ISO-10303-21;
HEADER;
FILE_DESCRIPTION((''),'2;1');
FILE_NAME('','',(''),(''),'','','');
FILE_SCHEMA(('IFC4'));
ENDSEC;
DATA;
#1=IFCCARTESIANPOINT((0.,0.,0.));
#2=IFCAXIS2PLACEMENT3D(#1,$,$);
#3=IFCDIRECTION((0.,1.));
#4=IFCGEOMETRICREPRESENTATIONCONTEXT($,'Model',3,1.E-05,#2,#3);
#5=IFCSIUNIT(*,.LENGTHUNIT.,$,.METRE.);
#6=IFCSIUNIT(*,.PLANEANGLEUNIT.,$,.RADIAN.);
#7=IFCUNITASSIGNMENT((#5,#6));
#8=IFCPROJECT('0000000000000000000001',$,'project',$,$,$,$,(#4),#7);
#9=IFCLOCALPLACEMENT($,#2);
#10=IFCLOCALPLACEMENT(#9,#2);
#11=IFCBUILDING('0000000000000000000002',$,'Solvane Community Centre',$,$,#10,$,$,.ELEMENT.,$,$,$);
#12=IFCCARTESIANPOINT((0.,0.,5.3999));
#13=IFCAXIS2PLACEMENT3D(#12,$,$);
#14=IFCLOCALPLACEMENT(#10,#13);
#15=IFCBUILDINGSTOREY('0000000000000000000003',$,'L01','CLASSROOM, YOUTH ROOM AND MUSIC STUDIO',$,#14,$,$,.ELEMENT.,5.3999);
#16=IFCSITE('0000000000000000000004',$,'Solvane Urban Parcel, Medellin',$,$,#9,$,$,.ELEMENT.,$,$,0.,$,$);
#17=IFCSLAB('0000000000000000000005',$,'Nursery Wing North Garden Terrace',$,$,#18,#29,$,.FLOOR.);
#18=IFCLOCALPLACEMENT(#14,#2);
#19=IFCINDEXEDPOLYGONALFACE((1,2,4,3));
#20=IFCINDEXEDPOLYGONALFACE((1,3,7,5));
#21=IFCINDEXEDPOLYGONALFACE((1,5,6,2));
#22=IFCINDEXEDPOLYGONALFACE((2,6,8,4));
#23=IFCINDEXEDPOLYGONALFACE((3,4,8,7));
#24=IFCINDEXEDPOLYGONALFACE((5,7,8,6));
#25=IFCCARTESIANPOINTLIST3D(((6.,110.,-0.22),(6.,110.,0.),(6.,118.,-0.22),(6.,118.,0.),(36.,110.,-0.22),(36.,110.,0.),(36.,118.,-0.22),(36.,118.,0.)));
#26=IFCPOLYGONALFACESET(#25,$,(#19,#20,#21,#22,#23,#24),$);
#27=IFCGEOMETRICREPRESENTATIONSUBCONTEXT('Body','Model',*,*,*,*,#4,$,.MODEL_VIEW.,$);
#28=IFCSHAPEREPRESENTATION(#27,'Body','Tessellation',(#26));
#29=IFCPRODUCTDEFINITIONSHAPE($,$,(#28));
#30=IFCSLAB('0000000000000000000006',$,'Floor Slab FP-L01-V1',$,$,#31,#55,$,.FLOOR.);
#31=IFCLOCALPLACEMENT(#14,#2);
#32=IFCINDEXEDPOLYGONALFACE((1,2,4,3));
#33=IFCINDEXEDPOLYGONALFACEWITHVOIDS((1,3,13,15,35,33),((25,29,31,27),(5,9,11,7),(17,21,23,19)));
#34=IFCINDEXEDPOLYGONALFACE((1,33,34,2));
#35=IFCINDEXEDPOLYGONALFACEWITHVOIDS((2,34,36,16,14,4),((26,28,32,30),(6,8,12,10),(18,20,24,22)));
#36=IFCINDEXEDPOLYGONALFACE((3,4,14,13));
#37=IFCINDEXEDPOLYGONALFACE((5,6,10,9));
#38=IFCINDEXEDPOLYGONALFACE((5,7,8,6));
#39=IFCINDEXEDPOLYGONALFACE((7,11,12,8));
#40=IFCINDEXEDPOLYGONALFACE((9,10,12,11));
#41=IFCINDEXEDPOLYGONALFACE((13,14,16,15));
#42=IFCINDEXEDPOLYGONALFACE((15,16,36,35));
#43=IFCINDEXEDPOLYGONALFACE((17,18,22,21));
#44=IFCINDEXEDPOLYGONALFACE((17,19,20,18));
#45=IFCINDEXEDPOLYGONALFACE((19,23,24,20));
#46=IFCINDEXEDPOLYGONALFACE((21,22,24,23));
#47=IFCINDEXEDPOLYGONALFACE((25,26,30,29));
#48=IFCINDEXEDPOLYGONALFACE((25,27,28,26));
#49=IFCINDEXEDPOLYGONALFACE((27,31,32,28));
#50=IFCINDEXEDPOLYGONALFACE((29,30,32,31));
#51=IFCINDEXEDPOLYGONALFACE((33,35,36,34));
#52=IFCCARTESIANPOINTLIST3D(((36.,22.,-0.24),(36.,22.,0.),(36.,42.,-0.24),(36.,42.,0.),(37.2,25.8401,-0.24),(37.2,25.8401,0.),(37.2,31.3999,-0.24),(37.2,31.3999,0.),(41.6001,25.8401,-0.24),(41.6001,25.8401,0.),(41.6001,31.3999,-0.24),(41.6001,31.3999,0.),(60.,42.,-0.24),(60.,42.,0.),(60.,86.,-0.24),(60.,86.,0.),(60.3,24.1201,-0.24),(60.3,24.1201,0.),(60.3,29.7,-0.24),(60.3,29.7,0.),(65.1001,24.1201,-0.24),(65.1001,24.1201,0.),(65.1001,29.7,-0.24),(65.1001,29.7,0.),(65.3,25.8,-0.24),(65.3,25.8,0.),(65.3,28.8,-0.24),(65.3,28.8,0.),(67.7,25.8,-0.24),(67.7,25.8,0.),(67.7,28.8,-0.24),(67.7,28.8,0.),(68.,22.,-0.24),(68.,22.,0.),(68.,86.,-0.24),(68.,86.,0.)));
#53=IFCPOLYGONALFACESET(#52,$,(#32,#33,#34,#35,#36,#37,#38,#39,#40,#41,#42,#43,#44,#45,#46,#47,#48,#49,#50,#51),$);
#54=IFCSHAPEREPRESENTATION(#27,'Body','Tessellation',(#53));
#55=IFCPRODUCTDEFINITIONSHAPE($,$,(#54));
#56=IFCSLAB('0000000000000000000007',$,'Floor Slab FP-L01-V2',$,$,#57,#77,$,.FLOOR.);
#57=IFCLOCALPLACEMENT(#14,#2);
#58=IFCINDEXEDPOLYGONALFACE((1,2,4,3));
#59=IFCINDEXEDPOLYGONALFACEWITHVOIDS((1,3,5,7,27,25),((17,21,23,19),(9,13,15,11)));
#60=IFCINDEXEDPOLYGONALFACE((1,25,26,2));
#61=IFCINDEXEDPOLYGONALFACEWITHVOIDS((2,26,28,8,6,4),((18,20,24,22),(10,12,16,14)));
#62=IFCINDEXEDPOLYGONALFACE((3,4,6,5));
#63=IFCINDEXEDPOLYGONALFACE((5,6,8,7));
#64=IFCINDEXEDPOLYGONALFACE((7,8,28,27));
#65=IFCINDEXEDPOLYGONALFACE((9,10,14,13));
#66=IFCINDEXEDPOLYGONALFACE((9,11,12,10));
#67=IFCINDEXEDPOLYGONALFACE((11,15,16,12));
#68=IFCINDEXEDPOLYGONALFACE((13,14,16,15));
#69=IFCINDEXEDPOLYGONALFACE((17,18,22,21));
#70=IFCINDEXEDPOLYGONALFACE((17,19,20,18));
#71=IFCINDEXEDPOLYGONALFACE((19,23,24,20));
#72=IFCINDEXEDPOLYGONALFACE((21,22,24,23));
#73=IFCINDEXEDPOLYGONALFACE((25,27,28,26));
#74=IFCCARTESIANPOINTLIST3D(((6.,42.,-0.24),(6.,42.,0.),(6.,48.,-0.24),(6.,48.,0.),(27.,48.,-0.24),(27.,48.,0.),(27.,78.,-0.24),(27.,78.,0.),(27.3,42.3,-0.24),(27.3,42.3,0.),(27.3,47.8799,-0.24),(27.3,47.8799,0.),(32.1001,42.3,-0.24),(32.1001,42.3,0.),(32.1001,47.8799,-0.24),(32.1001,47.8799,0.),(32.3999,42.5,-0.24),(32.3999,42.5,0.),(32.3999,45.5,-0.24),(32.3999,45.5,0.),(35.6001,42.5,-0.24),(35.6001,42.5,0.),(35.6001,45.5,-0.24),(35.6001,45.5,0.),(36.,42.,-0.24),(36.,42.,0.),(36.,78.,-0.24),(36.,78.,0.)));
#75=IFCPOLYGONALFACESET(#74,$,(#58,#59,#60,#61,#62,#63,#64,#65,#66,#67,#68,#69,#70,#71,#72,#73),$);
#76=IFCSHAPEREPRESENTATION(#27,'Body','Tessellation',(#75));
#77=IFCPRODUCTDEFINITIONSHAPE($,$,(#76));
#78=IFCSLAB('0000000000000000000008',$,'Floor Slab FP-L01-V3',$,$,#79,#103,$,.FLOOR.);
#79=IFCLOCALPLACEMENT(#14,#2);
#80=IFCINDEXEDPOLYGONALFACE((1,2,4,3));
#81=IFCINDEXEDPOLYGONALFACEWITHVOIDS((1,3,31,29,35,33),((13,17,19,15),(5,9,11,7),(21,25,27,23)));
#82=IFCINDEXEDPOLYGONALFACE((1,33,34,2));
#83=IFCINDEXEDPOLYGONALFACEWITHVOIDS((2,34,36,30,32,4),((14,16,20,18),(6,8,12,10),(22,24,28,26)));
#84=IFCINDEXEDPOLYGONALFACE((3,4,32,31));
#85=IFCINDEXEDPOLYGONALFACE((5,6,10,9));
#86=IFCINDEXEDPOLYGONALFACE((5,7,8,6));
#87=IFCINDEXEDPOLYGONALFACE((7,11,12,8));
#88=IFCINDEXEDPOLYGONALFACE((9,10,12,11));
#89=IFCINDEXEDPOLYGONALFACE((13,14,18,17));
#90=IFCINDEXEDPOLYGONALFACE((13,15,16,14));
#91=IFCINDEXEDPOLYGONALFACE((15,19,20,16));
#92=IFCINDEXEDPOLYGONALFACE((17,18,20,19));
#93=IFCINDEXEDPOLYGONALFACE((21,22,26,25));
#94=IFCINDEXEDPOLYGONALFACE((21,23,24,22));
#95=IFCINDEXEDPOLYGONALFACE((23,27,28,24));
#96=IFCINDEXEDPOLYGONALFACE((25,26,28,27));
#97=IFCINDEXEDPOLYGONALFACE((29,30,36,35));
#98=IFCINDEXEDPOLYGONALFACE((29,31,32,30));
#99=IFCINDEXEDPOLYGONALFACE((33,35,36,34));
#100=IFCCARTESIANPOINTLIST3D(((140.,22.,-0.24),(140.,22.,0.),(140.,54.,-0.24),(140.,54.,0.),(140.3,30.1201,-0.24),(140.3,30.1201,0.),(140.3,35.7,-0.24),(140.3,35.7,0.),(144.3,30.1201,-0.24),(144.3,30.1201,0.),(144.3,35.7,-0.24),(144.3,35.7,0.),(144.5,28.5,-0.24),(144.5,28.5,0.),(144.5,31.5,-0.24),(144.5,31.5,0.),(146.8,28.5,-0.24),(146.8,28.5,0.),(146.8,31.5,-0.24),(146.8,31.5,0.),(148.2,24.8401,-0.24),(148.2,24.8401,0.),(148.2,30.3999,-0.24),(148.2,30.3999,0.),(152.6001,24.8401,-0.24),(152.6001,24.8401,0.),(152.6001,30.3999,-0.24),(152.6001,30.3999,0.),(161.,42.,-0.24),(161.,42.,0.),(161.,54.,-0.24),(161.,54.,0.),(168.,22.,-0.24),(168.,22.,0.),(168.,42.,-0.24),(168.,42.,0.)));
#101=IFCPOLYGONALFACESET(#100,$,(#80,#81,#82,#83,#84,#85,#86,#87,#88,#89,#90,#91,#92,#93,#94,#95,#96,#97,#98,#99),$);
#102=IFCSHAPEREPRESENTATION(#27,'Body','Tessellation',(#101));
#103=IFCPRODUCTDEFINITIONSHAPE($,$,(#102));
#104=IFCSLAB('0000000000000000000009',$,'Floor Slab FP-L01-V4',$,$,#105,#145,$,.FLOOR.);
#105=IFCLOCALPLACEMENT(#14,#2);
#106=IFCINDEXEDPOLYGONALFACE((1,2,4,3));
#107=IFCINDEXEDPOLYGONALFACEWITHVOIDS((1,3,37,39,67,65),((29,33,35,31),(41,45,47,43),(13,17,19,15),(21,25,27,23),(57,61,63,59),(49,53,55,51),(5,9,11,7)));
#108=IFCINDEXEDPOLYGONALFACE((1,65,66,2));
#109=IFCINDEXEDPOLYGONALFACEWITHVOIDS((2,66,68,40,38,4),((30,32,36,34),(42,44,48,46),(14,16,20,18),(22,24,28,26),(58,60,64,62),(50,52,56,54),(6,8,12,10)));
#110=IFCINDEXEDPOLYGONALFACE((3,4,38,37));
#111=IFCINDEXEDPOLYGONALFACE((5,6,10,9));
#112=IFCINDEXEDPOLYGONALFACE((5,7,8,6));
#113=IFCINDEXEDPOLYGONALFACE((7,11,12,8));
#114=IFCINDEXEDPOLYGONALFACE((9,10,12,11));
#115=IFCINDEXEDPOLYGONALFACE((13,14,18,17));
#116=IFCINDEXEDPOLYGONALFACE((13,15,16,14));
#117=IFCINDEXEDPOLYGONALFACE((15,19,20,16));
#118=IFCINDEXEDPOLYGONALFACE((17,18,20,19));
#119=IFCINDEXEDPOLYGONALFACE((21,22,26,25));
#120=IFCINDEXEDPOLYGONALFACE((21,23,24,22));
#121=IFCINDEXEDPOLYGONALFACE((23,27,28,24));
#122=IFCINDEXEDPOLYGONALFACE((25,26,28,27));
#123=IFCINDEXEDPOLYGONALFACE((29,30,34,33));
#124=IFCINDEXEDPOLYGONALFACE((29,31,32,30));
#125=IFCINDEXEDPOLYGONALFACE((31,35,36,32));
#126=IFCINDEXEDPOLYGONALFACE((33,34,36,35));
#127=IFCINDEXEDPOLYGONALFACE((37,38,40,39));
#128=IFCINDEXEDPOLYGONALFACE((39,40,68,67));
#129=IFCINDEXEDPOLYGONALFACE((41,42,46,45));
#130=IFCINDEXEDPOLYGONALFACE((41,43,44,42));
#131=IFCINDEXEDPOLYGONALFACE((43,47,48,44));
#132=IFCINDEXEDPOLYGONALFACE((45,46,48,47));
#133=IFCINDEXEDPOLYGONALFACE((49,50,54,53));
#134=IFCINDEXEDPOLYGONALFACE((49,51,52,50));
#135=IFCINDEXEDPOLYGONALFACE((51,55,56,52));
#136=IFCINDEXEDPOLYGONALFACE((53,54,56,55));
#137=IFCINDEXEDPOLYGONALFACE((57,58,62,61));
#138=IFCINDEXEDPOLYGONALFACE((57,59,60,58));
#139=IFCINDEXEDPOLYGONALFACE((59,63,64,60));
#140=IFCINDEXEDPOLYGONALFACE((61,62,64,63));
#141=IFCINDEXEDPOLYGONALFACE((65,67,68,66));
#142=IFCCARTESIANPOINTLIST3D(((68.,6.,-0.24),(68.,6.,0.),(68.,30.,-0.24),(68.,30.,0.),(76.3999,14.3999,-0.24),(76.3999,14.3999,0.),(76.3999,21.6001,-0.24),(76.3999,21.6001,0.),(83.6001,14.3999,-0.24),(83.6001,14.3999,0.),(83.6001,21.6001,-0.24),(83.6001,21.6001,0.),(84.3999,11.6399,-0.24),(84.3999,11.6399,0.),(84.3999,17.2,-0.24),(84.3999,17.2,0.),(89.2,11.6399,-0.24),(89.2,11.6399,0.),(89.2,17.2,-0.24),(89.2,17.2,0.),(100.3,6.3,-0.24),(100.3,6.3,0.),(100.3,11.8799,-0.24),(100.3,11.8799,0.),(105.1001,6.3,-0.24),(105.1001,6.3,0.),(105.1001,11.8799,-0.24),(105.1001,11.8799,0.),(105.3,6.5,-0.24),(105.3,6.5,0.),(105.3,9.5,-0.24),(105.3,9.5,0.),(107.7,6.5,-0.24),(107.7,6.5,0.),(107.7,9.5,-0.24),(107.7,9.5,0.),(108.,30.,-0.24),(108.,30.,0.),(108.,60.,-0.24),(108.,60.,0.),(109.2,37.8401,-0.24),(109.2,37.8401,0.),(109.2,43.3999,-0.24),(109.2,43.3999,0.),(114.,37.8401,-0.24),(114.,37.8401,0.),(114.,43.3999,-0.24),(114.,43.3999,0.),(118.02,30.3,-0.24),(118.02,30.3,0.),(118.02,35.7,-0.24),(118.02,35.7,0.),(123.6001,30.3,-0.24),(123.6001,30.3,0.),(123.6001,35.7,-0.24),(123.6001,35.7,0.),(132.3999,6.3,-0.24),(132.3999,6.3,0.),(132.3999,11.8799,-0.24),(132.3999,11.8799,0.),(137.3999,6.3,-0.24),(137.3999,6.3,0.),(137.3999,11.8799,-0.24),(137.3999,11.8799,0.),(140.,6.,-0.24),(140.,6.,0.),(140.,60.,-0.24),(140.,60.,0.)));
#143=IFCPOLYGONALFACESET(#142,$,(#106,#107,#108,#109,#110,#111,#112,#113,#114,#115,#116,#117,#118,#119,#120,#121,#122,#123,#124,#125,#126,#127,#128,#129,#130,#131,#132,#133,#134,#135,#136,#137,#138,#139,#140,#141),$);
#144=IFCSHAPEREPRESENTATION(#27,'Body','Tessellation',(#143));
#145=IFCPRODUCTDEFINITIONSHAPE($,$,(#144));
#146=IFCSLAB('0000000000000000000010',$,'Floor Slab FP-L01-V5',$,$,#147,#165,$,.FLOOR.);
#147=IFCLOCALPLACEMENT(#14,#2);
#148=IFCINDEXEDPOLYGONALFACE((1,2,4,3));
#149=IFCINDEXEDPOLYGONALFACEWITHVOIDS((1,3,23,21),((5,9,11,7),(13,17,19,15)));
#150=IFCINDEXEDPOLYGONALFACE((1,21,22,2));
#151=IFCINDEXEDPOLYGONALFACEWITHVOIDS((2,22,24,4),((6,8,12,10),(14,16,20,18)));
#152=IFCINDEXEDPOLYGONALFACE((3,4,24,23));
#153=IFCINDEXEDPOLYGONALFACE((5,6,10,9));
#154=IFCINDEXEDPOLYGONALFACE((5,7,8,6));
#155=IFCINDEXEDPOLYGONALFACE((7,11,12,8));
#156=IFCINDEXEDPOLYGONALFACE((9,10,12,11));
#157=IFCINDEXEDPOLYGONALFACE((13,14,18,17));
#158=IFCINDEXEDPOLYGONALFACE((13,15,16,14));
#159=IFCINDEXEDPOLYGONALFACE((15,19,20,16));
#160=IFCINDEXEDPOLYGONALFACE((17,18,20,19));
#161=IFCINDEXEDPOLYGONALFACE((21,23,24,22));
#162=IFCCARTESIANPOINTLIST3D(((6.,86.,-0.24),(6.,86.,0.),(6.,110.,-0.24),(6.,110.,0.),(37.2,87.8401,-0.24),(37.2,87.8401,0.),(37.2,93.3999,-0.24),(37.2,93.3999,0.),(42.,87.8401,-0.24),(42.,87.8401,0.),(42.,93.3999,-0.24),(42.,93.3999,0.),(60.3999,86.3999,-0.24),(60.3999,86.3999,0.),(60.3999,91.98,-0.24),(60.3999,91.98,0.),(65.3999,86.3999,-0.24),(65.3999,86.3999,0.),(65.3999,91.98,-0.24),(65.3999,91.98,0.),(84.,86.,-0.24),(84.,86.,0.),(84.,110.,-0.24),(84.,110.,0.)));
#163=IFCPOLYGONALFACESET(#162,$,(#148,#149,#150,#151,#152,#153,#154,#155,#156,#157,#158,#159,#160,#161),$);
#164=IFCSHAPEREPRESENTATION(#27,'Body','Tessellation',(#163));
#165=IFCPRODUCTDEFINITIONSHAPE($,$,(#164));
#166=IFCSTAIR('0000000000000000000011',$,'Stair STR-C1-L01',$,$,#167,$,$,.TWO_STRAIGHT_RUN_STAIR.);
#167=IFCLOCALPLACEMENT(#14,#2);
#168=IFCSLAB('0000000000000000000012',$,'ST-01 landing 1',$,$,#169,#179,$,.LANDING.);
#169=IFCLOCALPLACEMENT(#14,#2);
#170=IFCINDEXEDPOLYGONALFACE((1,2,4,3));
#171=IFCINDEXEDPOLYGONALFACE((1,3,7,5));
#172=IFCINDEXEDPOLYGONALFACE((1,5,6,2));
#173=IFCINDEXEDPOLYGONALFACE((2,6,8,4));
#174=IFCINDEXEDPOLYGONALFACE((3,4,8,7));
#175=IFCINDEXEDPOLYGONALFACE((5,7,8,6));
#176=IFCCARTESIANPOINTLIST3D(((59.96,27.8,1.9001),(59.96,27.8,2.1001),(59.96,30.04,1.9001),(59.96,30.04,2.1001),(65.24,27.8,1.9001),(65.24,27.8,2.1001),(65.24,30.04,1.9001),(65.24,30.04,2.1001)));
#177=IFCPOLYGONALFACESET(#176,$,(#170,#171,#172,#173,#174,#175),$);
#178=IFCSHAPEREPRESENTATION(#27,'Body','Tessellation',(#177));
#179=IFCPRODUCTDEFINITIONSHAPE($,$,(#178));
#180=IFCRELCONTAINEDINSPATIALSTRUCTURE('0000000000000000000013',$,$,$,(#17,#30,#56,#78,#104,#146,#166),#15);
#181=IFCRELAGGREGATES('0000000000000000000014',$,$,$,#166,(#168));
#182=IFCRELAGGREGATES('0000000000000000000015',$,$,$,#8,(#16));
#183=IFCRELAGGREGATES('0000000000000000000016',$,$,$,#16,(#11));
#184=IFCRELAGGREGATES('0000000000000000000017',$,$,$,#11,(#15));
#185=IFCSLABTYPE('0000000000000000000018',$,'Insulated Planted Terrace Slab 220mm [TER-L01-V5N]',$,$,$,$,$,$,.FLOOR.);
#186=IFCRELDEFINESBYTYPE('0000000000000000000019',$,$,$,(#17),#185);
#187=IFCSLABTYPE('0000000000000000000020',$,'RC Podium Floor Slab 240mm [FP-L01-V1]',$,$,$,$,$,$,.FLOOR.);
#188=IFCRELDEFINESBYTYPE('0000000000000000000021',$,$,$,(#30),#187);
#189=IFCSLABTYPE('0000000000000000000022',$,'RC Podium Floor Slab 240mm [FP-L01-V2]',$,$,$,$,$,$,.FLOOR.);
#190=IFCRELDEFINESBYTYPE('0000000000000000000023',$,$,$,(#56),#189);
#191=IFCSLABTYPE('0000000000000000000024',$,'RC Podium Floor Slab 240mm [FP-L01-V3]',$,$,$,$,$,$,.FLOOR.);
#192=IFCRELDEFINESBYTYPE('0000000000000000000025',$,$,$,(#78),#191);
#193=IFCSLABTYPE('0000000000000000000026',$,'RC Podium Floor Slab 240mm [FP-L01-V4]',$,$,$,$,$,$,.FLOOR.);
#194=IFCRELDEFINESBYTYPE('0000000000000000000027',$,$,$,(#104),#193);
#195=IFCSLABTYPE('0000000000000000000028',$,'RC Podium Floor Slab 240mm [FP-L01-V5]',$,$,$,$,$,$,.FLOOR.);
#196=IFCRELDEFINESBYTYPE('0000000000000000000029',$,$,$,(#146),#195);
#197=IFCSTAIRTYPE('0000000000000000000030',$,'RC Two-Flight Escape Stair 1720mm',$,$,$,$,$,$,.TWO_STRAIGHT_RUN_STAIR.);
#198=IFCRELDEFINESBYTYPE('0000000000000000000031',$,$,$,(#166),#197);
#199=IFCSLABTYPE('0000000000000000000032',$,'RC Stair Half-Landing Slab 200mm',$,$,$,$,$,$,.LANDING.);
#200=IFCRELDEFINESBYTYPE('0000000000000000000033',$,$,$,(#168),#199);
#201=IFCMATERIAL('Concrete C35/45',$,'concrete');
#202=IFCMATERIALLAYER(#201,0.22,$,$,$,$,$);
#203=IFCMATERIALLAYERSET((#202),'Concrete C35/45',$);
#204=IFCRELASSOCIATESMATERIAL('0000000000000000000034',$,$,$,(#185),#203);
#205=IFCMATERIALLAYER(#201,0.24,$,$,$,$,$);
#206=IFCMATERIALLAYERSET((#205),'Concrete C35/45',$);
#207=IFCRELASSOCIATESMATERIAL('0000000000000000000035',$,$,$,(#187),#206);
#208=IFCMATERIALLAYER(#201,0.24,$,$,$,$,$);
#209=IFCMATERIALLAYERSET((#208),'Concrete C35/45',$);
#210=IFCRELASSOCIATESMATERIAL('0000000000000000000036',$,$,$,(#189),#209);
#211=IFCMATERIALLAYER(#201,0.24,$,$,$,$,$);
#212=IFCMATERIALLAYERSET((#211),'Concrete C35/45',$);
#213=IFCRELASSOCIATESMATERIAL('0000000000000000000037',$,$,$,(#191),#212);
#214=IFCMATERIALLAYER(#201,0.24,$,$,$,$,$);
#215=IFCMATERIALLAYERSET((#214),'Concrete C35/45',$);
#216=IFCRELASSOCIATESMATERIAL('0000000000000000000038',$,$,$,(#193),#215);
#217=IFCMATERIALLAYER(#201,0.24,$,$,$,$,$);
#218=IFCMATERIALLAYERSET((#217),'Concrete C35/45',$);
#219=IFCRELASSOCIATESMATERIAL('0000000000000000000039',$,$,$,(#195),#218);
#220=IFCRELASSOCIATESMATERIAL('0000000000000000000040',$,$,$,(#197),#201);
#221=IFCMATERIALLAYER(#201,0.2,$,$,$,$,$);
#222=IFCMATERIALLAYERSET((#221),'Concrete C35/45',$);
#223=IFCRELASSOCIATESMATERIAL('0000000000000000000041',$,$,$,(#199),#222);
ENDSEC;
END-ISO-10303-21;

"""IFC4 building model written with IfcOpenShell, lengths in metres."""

from ifc_helpers import new_model, si_unit, direction, frame, origin, place, context, subcontext, project, spatial, polyline, outline, extrude, material, layer, layer_set, type_object, element, aggregate, save


model = new_model("IFC4")

# Units and contexts
model_context = context("Model", 3, precision=1e-05, world=origin(), true_north=direction((0.0, 1.0)))
body_context = subcontext(model_context, "Body", "Model", "MODEL_VIEW")
ifc_project = project(units=[si_unit("LENGTHUNIT", "METRE"), si_unit("PLANEANGLEUNIT", "RADIAN")], contexts=[model_context])

# Site, building, storey
site_placement = place(None, origin())
site = spatial("IfcSite", under=ifc_project, at=site_placement, Name="Solvane Urban Parcel, Medellin", CompositionType="ELEMENT", RefElevation=0.0)
building_placement = place(site_placement, origin())
building = spatial("IfcBuilding", under=site, at=building_placement, Name="Solvane Community Centre", CompositionType="ELEMENT")
storey_placement = place(building_placement, frame((0.0, 0.0, 5.3999)))
storey = spatial("IfcBuildingStorey", under=building, at=storey_placement, Name="L01", Description="CLASSROOM, YOUTH ROOM AND MUSIC STUDIO", CompositionType="ELEMENT", Elevation=5.3999)

# Slabs
ifc_material_1 = material(Name="Concrete C35/45", Category="concrete")
ifc_layer_1 = layer(ifc_material_1, 0.22)
ifc_layer_set_1 = layer_set([ifc_layer_1], Name="Concrete C35/45")
slab_type_1 = type_object("IfcSlabType", Name="Insulated Planted Terrace Slab 220mm [TER-L01-V5N]", PredefinedType="FLOOR", material=ifc_layer_set_1)
slab_1_placement = place(storey_placement, frame((0.0, 0.0, -0.22)))
element("IfcSlab", 1, at=slab_1_placement, inside=storey, type_object=slab_type_1, Name="Nursery Wing North Garden Terrace", PredefinedType="FLOOR", context=body_context, shape_type="SweptSolid", body=[
    extrude(outline(polyline([(6.0, 110.0), (36.0, 110.0), (36.0, 118.0), (6.0, 118.0), (6.0, 110.0)])), origin(), (0.0, 0.0, 1.0), 0.22),
])
ifc_layer_2 = layer(ifc_material_1, 0.24)
ifc_layer_set_2 = layer_set([ifc_layer_2], Name="Concrete C35/45")
slab_type_2 = type_object("IfcSlabType", Name="RC Podium Floor Slab 240mm [FP-L01-V1]", PredefinedType="FLOOR", material=ifc_layer_set_2)
slab_2_placement = place(storey_placement, frame((0.0, 0.0, -0.24)))
element("IfcSlab", 2, at=slab_2_placement, inside=storey, type_object=slab_type_2, Name="Floor Slab FP-L01-V1", PredefinedType="FLOOR", context=body_context, shape_type="SweptSolid", body=[
    extrude(outline(polyline([(36.0, 22.0), (68.0, 22.0), (68.0, 86.0), (60.0, 86.0), (60.0, 42.0), (36.0, 42.0), (36.0, 22.0)]), holes=[polyline([(60.3, 24.1201), (65.1001, 24.1201), (65.1001, 29.7), (60.3, 29.7), (60.3, 24.1201)]), polyline([(65.3, 25.8), (67.7, 25.8), (67.7, 28.8), (65.3, 28.8), (65.3, 25.8)]), polyline([(37.2, 25.8401), (41.6001, 25.8401), (41.6001, 31.3999), (37.2, 31.3999), (37.2, 25.8401)])]), origin(), (0.0, 0.0, 1.0), 0.24),
])
ifc_layer_3 = layer(ifc_material_1, 0.24)
ifc_layer_set_3 = layer_set([ifc_layer_3], Name="Concrete C35/45")
slab_type_3 = type_object("IfcSlabType", Name="RC Podium Floor Slab 240mm [FP-L01-V2]", PredefinedType="FLOOR", material=ifc_layer_set_3)
slab_3_placement = place(storey_placement, frame((0.0, 0.0, -0.24)))
element("IfcSlab", 3, at=slab_3_placement, inside=storey, type_object=slab_type_3, Name="Floor Slab FP-L01-V2", PredefinedType="FLOOR", context=body_context, shape_type="SweptSolid", body=[
    extrude(outline(polyline([(6.0, 42.0), (36.0, 42.0), (36.0, 78.0), (27.0, 78.0), (27.0, 48.0), (6.0, 48.0), (6.0, 42.0)]), holes=[polyline([(27.3, 42.3), (32.1001, 42.3), (32.1001, 47.8799), (27.3, 47.8799), (27.3, 42.3)]), polyline([(32.3999, 42.5), (35.6001, 42.5), (35.6001, 45.5), (32.3999, 45.5), (32.3999, 42.5)])]), origin(), (0.0, 0.0, 1.0), 0.24),
])
ifc_layer_4 = layer(ifc_material_1, 0.24)
ifc_layer_set_4 = layer_set([ifc_layer_4], Name="Concrete C35/45")
slab_type_4 = type_object("IfcSlabType", Name="RC Podium Floor Slab 240mm [FP-L01-V3]", PredefinedType="FLOOR", material=ifc_layer_set_4)
slab_4_placement = place(storey_placement, frame((0.0, 0.0, -0.24)))
element("IfcSlab", 4, at=slab_4_placement, inside=storey, type_object=slab_type_4, Name="Floor Slab FP-L01-V3", PredefinedType="FLOOR", context=body_context, shape_type="SweptSolid", body=[
    extrude(outline(polyline([(140.0, 22.0), (168.0, 22.0), (168.0, 42.0), (161.0, 42.0), (161.0, 54.0), (140.0, 54.0), (140.0, 22.0)]), holes=[polyline([(140.3, 30.1201), (144.3, 30.1201), (144.3, 35.7), (140.3, 35.7), (140.3, 30.1201)]), polyline([(144.5, 28.5), (146.8, 28.5), (146.8, 31.5), (144.5, 31.5), (144.5, 28.5)]), polyline([(148.2, 24.8401), (152.6001, 24.8401), (152.6001, 30.3999), (148.2, 30.3999), (148.2, 24.8401)])]), origin(), (0.0, 0.0, 1.0), 0.24),
])
ifc_layer_5 = layer(ifc_material_1, 0.24)
ifc_layer_set_5 = layer_set([ifc_layer_5], Name="Concrete C35/45")
slab_type_5 = type_object("IfcSlabType", Name="RC Podium Floor Slab 240mm [FP-L01-V4]", PredefinedType="FLOOR", material=ifc_layer_set_5)
slab_5_placement = place(storey_placement, frame((0.0, 0.0, -0.24)))
element("IfcSlab", 5, at=slab_5_placement, inside=storey, type_object=slab_type_5, Name="Floor Slab FP-L01-V4", PredefinedType="FLOOR", context=body_context, shape_type="SweptSolid", body=[
    extrude(outline(polyline([(68.0, 6.0), (140.0, 6.0), (140.0, 60.0), (108.0, 60.0), (108.0, 30.0), (68.0, 30.0), (68.0, 6.0)]), holes=[polyline([(100.3, 6.3), (105.1001, 6.3), (105.1001, 11.8799), (100.3, 11.8799), (100.3, 6.3)]), polyline([(105.3, 6.5), (107.7, 6.5), (107.7, 9.5), (105.3, 9.5), (105.3, 6.5)]), polyline([(132.3999, 6.3), (137.3999, 6.3), (137.3999, 11.8799), (132.3999, 11.8799), (132.3999, 6.3)]), polyline([(118.02, 30.3), (123.6001, 30.3), (123.6001, 35.7), (118.02, 35.7), (118.02, 30.3)]), polyline([(84.3999, 11.6399), (89.2, 11.6399), (89.2, 17.2), (84.3999, 17.2), (84.3999, 11.6399)]), polyline([(109.2, 37.8401), (114.0, 37.8401), (114.0, 43.3999), (109.2, 43.3999), (109.2, 37.8401)]), polyline([(76.3999, 14.3999), (83.6001, 14.3999), (83.6001, 21.6001), (76.3999, 21.6001), (76.3999, 14.3999)])]), origin(), (0.0, 0.0, 1.0), 0.24),
])
ifc_layer_6 = layer(ifc_material_1, 0.24)
ifc_layer_set_6 = layer_set([ifc_layer_6], Name="Concrete C35/45")
slab_type_6 = type_object("IfcSlabType", Name="RC Podium Floor Slab 240mm [FP-L01-V5]", PredefinedType="FLOOR", material=ifc_layer_set_6)
slab_6_placement = place(storey_placement, frame((0.0, 0.0, -0.24)))
element("IfcSlab", 6, at=slab_6_placement, inside=storey, type_object=slab_type_6, Name="Floor Slab FP-L01-V5", PredefinedType="FLOOR", context=body_context, shape_type="SweptSolid", body=[
    extrude(outline(polyline([(6.0, 86.0), (84.0, 86.0), (84.0, 110.0), (6.0, 110.0), (6.0, 86.0)]), holes=[polyline([(60.3999, 86.3999), (65.3999, 86.3999), (65.3999, 91.98), (60.3999, 91.98), (60.3999, 86.3999)]), polyline([(37.2, 87.8401), (42.0, 87.8401), (42.0, 93.3999), (37.2, 93.3999), (37.2, 87.8401)])]), origin(), (0.0, 0.0, 1.0), 0.24),
])

# Stair, slab
stair_type_1 = type_object("IfcStairType", Name="RC Two-Flight Escape Stair 1720mm", PredefinedType="TWO_STRAIGHT_RUN_STAIR", material=ifc_material_1)
stair_1_placement = place(storey_placement, origin())
stair_1 = element("IfcStair", 7, at=stair_1_placement, inside=storey, type_object=stair_type_1, Name="Stair STR-C1-L01", PredefinedType="TWO_STRAIGHT_RUN_STAIR")
ifc_layer_7 = layer(ifc_material_1, 0.2)
ifc_layer_set_7 = layer_set([ifc_layer_7], Name="Concrete C35/45")
slab_type_7 = type_object("IfcSlabType", Name="RC Stair Half-Landing Slab 200mm", PredefinedType="LANDING", material=ifc_layer_set_7)
slab_7_placement = place(storey_placement, frame((0.0, 0.0, 1.9001)))
slab_7 = element("IfcSlab", 8, at=slab_7_placement, type_object=slab_type_7, Name="ST-01 landing 1", PredefinedType="LANDING", context=body_context, shape_type="SweptSolid", body=[
    extrude(outline(polyline([(59.96, 27.8), (65.24, 27.8), (65.24, 30.04), (59.96, 30.04), (59.96, 27.8)])), origin(), (0.0, 0.0, 1.0), 0.2),
])
aggregate(stair_1, [slab_7])

save(model, "model.ifc")
